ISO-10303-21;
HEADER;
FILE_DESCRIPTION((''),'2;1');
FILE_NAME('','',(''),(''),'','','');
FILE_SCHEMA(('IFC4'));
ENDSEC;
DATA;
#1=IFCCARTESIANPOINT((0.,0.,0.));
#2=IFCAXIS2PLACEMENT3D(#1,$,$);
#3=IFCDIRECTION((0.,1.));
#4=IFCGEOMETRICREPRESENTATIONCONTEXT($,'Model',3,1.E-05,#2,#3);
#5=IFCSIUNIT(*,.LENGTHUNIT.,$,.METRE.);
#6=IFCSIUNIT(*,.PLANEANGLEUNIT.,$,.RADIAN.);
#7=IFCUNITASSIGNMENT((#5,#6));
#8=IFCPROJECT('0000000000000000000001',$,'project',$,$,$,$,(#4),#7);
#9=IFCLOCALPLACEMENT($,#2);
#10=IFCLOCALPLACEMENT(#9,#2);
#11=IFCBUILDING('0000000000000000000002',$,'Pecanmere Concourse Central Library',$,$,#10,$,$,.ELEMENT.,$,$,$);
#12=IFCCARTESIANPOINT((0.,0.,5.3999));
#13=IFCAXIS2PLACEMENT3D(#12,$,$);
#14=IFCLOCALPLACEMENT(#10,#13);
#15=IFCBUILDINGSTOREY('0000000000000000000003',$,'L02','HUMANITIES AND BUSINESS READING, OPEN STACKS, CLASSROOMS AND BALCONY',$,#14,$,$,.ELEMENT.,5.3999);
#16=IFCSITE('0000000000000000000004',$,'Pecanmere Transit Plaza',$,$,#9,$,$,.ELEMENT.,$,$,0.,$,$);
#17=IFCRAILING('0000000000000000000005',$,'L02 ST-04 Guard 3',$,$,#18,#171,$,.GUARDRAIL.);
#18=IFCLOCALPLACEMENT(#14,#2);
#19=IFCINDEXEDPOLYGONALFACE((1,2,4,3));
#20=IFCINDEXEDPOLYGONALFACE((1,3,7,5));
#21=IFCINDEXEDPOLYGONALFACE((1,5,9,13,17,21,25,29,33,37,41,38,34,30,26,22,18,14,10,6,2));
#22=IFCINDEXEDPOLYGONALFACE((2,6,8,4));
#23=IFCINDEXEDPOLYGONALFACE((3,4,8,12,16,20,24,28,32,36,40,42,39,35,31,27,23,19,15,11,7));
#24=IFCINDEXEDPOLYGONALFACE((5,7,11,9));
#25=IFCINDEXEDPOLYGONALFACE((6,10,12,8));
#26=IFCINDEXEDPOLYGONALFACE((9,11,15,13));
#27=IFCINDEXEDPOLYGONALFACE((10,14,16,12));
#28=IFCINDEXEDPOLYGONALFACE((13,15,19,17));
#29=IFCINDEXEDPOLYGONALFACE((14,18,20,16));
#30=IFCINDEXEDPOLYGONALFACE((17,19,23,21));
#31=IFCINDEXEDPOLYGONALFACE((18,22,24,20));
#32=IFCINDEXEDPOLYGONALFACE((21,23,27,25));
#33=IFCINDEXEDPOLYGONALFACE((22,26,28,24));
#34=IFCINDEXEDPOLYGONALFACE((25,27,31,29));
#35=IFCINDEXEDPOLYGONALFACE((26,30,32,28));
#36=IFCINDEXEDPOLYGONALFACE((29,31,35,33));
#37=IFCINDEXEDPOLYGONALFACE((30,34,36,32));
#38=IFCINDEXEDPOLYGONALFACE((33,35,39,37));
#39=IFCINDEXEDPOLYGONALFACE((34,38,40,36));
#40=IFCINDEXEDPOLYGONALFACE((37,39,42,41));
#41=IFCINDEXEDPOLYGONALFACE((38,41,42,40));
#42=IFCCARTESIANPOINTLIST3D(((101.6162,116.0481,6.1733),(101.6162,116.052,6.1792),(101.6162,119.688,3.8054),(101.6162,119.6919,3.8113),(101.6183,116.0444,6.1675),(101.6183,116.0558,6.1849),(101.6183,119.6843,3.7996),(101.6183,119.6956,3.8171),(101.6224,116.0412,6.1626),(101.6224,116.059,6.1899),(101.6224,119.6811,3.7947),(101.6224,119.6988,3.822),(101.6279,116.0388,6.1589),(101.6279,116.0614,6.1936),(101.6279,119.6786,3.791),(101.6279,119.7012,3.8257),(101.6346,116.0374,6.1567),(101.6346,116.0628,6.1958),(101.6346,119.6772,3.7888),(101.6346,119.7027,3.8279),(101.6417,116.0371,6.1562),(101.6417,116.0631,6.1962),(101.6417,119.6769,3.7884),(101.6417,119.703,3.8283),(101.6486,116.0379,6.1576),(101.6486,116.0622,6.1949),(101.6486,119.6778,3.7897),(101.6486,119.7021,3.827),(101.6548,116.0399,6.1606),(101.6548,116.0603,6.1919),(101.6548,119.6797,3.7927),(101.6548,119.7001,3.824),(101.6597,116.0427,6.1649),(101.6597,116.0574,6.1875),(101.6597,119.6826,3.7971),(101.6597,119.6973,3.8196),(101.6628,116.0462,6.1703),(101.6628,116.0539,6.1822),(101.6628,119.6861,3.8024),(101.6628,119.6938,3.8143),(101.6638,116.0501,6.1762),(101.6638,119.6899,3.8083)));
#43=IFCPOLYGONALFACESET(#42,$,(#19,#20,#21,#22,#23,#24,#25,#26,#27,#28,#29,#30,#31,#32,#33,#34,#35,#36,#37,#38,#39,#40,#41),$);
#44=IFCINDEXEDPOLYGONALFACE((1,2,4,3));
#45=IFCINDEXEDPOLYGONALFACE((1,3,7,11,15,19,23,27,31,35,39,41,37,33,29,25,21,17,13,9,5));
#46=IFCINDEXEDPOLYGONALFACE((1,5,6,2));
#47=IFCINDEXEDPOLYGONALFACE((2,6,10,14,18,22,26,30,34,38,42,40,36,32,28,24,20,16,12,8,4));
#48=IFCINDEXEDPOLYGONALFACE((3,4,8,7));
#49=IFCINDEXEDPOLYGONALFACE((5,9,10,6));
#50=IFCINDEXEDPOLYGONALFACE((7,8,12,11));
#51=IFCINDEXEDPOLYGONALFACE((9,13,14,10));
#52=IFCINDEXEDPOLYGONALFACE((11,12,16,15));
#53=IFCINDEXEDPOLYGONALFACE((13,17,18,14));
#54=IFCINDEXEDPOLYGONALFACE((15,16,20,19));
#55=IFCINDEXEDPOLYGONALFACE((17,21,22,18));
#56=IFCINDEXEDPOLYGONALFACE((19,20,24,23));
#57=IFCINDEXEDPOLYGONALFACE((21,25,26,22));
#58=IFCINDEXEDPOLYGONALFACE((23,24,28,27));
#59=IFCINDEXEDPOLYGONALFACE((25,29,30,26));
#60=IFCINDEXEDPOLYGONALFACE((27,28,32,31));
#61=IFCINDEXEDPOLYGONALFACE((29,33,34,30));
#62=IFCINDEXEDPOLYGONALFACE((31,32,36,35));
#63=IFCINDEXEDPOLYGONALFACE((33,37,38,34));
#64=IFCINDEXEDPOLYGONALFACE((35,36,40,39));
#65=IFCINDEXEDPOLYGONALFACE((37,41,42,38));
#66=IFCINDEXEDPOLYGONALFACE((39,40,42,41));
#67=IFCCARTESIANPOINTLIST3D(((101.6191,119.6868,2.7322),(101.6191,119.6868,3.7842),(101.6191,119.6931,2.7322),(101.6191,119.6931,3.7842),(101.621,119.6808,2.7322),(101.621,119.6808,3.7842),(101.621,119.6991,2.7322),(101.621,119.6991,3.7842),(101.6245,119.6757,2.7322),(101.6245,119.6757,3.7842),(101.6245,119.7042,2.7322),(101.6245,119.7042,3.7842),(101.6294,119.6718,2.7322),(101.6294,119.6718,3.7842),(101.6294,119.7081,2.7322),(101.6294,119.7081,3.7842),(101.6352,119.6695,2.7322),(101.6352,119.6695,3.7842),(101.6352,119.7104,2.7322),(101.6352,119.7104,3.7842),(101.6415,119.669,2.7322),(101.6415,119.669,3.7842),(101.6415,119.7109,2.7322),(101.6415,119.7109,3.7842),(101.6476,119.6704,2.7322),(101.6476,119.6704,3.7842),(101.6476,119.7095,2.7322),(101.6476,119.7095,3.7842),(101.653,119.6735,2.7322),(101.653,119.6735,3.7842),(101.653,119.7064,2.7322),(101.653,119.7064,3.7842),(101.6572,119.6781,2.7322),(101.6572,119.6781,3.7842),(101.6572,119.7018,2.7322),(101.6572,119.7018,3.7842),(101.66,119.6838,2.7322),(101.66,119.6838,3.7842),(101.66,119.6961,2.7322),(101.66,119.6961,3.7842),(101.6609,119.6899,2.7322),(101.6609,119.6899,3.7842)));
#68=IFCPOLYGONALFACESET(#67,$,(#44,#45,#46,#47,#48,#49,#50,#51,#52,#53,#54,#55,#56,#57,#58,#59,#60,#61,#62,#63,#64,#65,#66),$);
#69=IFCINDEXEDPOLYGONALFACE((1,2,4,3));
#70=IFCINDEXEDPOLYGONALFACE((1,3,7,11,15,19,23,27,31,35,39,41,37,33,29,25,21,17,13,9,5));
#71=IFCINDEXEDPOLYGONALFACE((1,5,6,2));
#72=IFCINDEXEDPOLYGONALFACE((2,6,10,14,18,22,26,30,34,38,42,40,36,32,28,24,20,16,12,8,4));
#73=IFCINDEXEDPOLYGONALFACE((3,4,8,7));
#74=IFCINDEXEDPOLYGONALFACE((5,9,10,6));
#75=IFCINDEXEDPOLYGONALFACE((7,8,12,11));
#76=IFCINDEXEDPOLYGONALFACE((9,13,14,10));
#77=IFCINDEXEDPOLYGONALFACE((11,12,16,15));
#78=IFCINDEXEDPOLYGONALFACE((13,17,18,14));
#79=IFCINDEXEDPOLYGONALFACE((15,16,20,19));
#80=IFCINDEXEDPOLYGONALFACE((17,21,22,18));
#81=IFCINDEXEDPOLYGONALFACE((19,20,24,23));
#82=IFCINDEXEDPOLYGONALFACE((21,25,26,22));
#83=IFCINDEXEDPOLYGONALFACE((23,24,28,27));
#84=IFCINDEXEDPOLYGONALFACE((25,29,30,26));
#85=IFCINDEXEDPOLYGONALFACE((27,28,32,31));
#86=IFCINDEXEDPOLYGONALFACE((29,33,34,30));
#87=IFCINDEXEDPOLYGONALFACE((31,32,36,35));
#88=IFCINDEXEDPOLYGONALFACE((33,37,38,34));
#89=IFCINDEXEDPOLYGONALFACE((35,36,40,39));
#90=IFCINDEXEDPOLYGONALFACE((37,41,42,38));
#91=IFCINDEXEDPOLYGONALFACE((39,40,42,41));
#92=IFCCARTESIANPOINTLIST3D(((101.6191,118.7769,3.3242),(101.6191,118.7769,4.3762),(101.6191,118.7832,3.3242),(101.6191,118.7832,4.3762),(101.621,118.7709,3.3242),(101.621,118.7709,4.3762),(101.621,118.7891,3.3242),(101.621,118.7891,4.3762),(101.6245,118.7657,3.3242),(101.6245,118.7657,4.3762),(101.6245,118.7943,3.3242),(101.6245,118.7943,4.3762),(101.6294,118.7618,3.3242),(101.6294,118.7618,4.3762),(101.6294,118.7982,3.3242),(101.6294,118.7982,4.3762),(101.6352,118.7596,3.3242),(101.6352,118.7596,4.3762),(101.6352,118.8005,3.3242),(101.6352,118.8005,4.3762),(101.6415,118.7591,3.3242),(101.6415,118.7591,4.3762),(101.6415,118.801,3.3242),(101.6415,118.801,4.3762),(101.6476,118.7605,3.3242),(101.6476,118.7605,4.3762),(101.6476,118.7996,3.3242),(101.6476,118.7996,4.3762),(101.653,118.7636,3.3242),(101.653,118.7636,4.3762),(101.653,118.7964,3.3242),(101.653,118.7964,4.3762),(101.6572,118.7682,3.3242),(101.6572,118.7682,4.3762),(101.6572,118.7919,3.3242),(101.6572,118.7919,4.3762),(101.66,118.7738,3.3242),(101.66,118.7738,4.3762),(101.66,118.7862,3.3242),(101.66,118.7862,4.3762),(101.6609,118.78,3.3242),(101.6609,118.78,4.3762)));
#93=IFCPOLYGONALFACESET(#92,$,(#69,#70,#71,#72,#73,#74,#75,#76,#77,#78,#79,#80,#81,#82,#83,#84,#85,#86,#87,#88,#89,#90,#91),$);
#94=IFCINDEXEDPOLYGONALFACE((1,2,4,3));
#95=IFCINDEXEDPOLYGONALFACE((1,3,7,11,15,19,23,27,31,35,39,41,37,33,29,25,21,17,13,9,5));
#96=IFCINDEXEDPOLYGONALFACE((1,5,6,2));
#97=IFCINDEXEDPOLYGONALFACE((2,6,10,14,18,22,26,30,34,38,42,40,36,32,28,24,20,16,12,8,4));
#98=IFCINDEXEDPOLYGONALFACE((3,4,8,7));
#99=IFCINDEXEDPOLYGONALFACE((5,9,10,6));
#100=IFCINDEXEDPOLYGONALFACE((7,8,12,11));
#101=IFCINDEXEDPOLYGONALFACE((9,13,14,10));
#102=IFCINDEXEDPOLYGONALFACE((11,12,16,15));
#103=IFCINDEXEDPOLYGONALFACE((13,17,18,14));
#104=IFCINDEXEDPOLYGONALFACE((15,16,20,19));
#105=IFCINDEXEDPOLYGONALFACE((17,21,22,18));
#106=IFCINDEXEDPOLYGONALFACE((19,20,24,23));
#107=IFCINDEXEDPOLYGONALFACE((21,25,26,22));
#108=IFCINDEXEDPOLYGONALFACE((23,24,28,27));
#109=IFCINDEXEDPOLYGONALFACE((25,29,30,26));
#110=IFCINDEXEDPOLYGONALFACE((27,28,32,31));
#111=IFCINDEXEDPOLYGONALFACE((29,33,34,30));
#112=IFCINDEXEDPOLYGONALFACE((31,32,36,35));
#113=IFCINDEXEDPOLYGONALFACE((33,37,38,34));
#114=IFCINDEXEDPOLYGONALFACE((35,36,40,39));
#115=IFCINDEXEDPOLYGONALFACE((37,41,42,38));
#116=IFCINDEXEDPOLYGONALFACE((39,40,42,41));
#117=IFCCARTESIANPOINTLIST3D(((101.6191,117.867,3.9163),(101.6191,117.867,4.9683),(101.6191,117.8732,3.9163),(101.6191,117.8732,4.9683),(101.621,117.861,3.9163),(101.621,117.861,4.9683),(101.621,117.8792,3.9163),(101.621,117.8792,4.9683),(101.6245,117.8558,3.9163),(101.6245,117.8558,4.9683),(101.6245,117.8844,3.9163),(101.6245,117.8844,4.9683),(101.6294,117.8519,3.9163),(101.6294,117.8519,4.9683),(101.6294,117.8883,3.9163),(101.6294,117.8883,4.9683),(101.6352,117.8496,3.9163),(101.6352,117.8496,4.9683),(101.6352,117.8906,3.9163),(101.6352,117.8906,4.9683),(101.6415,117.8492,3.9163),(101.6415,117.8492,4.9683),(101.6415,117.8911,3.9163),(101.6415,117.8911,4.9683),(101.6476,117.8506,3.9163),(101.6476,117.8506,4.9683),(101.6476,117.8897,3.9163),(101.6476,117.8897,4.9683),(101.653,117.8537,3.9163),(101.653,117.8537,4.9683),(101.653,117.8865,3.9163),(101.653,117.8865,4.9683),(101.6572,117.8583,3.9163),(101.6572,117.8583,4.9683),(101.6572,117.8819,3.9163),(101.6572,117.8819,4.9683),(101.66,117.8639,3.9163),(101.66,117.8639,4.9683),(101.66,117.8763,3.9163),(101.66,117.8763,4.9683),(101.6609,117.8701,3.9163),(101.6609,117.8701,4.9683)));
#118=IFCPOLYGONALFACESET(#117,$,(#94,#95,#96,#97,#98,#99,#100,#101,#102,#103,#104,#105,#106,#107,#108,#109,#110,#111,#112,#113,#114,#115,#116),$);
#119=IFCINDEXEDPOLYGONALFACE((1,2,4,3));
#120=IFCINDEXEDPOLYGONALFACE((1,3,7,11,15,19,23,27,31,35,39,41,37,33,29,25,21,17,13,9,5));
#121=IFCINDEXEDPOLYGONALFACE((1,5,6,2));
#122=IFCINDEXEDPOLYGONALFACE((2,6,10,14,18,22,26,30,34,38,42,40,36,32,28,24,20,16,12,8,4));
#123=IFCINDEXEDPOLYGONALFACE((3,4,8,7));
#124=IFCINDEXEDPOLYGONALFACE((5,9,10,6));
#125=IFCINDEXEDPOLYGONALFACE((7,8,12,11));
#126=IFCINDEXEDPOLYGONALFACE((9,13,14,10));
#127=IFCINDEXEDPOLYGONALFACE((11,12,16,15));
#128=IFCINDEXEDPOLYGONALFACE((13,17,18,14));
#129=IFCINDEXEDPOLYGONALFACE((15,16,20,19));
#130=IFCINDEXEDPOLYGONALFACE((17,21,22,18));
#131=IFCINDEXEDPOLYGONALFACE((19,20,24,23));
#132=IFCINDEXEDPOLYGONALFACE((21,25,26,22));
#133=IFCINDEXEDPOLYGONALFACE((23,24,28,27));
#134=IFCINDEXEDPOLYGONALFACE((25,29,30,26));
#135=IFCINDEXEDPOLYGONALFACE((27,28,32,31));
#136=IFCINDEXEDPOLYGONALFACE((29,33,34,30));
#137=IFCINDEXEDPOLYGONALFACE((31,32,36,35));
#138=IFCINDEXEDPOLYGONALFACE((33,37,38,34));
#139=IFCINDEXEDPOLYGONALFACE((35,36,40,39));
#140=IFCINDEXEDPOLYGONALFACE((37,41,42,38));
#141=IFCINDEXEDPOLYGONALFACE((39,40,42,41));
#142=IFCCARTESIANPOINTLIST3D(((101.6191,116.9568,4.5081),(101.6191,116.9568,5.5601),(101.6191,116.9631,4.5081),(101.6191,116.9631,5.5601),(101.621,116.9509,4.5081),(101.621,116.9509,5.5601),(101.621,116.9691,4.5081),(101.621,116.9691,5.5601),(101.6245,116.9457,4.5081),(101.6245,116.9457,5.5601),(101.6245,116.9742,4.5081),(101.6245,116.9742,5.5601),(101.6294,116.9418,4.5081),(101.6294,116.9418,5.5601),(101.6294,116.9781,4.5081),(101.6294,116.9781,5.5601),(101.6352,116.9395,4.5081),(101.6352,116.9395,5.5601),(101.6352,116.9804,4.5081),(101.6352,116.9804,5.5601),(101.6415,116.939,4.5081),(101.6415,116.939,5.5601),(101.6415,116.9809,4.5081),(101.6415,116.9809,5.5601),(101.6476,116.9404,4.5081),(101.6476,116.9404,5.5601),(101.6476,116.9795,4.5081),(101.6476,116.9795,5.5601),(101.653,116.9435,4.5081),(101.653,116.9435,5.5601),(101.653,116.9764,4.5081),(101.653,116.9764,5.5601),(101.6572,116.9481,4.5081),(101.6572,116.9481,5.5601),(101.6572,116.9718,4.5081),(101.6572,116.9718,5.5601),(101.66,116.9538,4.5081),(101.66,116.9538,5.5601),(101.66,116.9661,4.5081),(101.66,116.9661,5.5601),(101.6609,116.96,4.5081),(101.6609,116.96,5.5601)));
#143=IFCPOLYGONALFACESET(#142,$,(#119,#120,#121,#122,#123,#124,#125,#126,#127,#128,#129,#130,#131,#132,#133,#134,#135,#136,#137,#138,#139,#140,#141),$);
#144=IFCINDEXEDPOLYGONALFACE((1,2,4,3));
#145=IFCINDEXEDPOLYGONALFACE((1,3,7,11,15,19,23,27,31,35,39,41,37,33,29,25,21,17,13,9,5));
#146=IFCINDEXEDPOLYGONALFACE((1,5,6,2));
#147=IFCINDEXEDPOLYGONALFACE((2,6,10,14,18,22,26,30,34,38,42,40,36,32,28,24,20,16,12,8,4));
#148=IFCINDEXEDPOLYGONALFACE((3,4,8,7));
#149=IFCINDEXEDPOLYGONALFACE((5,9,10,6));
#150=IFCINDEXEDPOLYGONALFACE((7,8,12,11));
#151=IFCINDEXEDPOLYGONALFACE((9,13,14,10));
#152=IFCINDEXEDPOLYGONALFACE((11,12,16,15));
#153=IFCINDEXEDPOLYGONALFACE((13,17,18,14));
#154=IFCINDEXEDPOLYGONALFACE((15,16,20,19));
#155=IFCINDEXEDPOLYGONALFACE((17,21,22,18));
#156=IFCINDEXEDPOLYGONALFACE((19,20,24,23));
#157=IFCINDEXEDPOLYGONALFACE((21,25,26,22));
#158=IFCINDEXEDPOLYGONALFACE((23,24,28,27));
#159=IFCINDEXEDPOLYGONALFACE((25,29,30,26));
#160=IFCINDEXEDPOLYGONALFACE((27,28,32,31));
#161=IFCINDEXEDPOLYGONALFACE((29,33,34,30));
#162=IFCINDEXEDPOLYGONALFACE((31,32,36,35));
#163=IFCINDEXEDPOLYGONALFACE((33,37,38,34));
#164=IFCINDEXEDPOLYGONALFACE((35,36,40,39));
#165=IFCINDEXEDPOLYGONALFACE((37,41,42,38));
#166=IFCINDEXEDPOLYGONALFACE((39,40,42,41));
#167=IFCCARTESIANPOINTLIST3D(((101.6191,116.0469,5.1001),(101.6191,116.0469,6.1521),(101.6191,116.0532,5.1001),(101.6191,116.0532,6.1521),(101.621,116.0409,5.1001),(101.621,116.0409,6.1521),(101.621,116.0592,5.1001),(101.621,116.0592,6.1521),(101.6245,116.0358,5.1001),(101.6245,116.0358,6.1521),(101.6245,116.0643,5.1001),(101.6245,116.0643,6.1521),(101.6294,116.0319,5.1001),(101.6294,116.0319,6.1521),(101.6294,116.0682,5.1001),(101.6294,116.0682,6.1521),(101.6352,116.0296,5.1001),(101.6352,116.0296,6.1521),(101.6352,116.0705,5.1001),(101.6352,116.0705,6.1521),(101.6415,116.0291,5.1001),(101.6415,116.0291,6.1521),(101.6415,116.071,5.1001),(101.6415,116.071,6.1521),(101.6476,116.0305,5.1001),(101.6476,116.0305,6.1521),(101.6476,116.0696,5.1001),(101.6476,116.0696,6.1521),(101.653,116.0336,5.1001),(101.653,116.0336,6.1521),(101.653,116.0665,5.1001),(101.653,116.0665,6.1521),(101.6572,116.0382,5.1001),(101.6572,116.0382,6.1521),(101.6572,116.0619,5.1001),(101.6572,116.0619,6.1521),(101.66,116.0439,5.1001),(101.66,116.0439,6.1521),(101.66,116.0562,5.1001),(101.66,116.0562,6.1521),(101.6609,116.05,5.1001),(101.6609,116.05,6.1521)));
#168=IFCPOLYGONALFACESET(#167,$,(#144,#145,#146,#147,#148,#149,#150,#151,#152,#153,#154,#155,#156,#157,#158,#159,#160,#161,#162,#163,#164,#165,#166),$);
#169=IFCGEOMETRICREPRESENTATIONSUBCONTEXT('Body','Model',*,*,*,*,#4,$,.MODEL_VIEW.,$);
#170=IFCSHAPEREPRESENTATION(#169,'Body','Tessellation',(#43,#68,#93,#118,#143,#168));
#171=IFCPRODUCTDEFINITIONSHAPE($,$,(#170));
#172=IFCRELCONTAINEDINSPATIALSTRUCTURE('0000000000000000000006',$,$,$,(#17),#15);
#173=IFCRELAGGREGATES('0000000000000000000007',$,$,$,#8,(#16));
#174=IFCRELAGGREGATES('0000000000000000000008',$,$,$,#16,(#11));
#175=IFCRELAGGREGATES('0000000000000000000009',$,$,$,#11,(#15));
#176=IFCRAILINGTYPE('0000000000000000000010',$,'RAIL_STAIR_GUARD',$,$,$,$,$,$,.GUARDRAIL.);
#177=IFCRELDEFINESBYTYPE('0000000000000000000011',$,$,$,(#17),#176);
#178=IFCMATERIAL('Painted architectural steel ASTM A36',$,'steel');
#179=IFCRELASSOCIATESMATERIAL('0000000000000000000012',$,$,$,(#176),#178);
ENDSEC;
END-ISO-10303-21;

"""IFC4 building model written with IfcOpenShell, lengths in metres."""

from ifc_helpers import new_model, si_unit, direction, frame, origin, origin_2d, place, context, subcontext, project, spatial, circle, extrude, material, type_object, element, save


model = new_model("IFC4")

# Units and contexts
model_context = context("Model", 3, precision=1e-05, world=origin(), true_north=direction((0.0, 1.0)))
body_context = subcontext(model_context, "Body", "Model", "MODEL_VIEW")
ifc_project = project(units=[si_unit("LENGTHUNIT", "METRE"), si_unit("PLANEANGLEUNIT", "RADIAN")], contexts=[model_context])

# Site, building, storey
site_placement = place(None, origin())
site = spatial("IfcSite", under=ifc_project, at=site_placement, Name="Pecanmere Transit Plaza", CompositionType="ELEMENT", RefElevation=0.0)
building_placement = place(site_placement, origin())
building = spatial("IfcBuilding", under=site, at=building_placement, Name="Pecanmere Concourse Central Library", CompositionType="ELEMENT")
storey_placement = place(building_placement, frame((0.0, 0.0, 5.3999)))
storey = spatial("IfcBuildingStorey", under=building, at=storey_placement, Name="L02", Description="HUMANITIES AND BUSINESS READING, OPEN STACKS, CLASSROOMS AND BALCONY", CompositionType="ELEMENT", Elevation=5.3999)

# Railing
ifc_material_1 = material(Name="Painted architectural steel ASTM A36", Category="steel")
railing_type_1 = type_object("IfcRailingType", Name="RAIL_STAIR_GUARD", PredefinedType="GUARDRAIL", material=ifc_material_1)
railing_1_placement = place(storey_placement, frame((101.6399, 119.6899, 2.7322)))
element("IfcRailing", 1, at=railing_1_placement, inside=storey, type_object=railing_type_1, Name="L02 ST-04 Guard 3", PredefinedType="GUARDRAIL", context=body_context, shape_type="SweptSolid", body=[
    extrude(circle(Radius=0.0239, at=origin_2d()), frame((0.0, 0.0, 1.0762), z_axis=(0.0, -0.838234, 0.54531), x_axis=(1.0, 0.0, 0.0)), (0.0, 0.0, 1.0), 4.3423),
    extrude(circle(Radius=0.021, at=origin_2d()), origin(), (0.0, 0.0, 1.0), 1.052),
    extrude(circle(Radius=0.021, at=origin_2d()), frame((0.0, -0.9099, 0.592)), (0.0, 0.0, 1.0), 1.052),
    extrude(circle(Radius=0.021, at=origin_2d()), frame((0.0, -1.8198, 1.1841)), (0.0, 0.0, 1.0), 1.052),
    extrude(circle(Radius=0.021, at=origin_2d()), frame((0.0, -2.73, 1.7759)), (0.0, 0.0, 1.0), 1.052),
    extrude(circle(Radius=0.021, at=origin_2d()), frame((0.0, -3.6399, 2.3679)), (0.0, 0.0, 1.0), 1.052),
])

save(model, "model.ifc")
